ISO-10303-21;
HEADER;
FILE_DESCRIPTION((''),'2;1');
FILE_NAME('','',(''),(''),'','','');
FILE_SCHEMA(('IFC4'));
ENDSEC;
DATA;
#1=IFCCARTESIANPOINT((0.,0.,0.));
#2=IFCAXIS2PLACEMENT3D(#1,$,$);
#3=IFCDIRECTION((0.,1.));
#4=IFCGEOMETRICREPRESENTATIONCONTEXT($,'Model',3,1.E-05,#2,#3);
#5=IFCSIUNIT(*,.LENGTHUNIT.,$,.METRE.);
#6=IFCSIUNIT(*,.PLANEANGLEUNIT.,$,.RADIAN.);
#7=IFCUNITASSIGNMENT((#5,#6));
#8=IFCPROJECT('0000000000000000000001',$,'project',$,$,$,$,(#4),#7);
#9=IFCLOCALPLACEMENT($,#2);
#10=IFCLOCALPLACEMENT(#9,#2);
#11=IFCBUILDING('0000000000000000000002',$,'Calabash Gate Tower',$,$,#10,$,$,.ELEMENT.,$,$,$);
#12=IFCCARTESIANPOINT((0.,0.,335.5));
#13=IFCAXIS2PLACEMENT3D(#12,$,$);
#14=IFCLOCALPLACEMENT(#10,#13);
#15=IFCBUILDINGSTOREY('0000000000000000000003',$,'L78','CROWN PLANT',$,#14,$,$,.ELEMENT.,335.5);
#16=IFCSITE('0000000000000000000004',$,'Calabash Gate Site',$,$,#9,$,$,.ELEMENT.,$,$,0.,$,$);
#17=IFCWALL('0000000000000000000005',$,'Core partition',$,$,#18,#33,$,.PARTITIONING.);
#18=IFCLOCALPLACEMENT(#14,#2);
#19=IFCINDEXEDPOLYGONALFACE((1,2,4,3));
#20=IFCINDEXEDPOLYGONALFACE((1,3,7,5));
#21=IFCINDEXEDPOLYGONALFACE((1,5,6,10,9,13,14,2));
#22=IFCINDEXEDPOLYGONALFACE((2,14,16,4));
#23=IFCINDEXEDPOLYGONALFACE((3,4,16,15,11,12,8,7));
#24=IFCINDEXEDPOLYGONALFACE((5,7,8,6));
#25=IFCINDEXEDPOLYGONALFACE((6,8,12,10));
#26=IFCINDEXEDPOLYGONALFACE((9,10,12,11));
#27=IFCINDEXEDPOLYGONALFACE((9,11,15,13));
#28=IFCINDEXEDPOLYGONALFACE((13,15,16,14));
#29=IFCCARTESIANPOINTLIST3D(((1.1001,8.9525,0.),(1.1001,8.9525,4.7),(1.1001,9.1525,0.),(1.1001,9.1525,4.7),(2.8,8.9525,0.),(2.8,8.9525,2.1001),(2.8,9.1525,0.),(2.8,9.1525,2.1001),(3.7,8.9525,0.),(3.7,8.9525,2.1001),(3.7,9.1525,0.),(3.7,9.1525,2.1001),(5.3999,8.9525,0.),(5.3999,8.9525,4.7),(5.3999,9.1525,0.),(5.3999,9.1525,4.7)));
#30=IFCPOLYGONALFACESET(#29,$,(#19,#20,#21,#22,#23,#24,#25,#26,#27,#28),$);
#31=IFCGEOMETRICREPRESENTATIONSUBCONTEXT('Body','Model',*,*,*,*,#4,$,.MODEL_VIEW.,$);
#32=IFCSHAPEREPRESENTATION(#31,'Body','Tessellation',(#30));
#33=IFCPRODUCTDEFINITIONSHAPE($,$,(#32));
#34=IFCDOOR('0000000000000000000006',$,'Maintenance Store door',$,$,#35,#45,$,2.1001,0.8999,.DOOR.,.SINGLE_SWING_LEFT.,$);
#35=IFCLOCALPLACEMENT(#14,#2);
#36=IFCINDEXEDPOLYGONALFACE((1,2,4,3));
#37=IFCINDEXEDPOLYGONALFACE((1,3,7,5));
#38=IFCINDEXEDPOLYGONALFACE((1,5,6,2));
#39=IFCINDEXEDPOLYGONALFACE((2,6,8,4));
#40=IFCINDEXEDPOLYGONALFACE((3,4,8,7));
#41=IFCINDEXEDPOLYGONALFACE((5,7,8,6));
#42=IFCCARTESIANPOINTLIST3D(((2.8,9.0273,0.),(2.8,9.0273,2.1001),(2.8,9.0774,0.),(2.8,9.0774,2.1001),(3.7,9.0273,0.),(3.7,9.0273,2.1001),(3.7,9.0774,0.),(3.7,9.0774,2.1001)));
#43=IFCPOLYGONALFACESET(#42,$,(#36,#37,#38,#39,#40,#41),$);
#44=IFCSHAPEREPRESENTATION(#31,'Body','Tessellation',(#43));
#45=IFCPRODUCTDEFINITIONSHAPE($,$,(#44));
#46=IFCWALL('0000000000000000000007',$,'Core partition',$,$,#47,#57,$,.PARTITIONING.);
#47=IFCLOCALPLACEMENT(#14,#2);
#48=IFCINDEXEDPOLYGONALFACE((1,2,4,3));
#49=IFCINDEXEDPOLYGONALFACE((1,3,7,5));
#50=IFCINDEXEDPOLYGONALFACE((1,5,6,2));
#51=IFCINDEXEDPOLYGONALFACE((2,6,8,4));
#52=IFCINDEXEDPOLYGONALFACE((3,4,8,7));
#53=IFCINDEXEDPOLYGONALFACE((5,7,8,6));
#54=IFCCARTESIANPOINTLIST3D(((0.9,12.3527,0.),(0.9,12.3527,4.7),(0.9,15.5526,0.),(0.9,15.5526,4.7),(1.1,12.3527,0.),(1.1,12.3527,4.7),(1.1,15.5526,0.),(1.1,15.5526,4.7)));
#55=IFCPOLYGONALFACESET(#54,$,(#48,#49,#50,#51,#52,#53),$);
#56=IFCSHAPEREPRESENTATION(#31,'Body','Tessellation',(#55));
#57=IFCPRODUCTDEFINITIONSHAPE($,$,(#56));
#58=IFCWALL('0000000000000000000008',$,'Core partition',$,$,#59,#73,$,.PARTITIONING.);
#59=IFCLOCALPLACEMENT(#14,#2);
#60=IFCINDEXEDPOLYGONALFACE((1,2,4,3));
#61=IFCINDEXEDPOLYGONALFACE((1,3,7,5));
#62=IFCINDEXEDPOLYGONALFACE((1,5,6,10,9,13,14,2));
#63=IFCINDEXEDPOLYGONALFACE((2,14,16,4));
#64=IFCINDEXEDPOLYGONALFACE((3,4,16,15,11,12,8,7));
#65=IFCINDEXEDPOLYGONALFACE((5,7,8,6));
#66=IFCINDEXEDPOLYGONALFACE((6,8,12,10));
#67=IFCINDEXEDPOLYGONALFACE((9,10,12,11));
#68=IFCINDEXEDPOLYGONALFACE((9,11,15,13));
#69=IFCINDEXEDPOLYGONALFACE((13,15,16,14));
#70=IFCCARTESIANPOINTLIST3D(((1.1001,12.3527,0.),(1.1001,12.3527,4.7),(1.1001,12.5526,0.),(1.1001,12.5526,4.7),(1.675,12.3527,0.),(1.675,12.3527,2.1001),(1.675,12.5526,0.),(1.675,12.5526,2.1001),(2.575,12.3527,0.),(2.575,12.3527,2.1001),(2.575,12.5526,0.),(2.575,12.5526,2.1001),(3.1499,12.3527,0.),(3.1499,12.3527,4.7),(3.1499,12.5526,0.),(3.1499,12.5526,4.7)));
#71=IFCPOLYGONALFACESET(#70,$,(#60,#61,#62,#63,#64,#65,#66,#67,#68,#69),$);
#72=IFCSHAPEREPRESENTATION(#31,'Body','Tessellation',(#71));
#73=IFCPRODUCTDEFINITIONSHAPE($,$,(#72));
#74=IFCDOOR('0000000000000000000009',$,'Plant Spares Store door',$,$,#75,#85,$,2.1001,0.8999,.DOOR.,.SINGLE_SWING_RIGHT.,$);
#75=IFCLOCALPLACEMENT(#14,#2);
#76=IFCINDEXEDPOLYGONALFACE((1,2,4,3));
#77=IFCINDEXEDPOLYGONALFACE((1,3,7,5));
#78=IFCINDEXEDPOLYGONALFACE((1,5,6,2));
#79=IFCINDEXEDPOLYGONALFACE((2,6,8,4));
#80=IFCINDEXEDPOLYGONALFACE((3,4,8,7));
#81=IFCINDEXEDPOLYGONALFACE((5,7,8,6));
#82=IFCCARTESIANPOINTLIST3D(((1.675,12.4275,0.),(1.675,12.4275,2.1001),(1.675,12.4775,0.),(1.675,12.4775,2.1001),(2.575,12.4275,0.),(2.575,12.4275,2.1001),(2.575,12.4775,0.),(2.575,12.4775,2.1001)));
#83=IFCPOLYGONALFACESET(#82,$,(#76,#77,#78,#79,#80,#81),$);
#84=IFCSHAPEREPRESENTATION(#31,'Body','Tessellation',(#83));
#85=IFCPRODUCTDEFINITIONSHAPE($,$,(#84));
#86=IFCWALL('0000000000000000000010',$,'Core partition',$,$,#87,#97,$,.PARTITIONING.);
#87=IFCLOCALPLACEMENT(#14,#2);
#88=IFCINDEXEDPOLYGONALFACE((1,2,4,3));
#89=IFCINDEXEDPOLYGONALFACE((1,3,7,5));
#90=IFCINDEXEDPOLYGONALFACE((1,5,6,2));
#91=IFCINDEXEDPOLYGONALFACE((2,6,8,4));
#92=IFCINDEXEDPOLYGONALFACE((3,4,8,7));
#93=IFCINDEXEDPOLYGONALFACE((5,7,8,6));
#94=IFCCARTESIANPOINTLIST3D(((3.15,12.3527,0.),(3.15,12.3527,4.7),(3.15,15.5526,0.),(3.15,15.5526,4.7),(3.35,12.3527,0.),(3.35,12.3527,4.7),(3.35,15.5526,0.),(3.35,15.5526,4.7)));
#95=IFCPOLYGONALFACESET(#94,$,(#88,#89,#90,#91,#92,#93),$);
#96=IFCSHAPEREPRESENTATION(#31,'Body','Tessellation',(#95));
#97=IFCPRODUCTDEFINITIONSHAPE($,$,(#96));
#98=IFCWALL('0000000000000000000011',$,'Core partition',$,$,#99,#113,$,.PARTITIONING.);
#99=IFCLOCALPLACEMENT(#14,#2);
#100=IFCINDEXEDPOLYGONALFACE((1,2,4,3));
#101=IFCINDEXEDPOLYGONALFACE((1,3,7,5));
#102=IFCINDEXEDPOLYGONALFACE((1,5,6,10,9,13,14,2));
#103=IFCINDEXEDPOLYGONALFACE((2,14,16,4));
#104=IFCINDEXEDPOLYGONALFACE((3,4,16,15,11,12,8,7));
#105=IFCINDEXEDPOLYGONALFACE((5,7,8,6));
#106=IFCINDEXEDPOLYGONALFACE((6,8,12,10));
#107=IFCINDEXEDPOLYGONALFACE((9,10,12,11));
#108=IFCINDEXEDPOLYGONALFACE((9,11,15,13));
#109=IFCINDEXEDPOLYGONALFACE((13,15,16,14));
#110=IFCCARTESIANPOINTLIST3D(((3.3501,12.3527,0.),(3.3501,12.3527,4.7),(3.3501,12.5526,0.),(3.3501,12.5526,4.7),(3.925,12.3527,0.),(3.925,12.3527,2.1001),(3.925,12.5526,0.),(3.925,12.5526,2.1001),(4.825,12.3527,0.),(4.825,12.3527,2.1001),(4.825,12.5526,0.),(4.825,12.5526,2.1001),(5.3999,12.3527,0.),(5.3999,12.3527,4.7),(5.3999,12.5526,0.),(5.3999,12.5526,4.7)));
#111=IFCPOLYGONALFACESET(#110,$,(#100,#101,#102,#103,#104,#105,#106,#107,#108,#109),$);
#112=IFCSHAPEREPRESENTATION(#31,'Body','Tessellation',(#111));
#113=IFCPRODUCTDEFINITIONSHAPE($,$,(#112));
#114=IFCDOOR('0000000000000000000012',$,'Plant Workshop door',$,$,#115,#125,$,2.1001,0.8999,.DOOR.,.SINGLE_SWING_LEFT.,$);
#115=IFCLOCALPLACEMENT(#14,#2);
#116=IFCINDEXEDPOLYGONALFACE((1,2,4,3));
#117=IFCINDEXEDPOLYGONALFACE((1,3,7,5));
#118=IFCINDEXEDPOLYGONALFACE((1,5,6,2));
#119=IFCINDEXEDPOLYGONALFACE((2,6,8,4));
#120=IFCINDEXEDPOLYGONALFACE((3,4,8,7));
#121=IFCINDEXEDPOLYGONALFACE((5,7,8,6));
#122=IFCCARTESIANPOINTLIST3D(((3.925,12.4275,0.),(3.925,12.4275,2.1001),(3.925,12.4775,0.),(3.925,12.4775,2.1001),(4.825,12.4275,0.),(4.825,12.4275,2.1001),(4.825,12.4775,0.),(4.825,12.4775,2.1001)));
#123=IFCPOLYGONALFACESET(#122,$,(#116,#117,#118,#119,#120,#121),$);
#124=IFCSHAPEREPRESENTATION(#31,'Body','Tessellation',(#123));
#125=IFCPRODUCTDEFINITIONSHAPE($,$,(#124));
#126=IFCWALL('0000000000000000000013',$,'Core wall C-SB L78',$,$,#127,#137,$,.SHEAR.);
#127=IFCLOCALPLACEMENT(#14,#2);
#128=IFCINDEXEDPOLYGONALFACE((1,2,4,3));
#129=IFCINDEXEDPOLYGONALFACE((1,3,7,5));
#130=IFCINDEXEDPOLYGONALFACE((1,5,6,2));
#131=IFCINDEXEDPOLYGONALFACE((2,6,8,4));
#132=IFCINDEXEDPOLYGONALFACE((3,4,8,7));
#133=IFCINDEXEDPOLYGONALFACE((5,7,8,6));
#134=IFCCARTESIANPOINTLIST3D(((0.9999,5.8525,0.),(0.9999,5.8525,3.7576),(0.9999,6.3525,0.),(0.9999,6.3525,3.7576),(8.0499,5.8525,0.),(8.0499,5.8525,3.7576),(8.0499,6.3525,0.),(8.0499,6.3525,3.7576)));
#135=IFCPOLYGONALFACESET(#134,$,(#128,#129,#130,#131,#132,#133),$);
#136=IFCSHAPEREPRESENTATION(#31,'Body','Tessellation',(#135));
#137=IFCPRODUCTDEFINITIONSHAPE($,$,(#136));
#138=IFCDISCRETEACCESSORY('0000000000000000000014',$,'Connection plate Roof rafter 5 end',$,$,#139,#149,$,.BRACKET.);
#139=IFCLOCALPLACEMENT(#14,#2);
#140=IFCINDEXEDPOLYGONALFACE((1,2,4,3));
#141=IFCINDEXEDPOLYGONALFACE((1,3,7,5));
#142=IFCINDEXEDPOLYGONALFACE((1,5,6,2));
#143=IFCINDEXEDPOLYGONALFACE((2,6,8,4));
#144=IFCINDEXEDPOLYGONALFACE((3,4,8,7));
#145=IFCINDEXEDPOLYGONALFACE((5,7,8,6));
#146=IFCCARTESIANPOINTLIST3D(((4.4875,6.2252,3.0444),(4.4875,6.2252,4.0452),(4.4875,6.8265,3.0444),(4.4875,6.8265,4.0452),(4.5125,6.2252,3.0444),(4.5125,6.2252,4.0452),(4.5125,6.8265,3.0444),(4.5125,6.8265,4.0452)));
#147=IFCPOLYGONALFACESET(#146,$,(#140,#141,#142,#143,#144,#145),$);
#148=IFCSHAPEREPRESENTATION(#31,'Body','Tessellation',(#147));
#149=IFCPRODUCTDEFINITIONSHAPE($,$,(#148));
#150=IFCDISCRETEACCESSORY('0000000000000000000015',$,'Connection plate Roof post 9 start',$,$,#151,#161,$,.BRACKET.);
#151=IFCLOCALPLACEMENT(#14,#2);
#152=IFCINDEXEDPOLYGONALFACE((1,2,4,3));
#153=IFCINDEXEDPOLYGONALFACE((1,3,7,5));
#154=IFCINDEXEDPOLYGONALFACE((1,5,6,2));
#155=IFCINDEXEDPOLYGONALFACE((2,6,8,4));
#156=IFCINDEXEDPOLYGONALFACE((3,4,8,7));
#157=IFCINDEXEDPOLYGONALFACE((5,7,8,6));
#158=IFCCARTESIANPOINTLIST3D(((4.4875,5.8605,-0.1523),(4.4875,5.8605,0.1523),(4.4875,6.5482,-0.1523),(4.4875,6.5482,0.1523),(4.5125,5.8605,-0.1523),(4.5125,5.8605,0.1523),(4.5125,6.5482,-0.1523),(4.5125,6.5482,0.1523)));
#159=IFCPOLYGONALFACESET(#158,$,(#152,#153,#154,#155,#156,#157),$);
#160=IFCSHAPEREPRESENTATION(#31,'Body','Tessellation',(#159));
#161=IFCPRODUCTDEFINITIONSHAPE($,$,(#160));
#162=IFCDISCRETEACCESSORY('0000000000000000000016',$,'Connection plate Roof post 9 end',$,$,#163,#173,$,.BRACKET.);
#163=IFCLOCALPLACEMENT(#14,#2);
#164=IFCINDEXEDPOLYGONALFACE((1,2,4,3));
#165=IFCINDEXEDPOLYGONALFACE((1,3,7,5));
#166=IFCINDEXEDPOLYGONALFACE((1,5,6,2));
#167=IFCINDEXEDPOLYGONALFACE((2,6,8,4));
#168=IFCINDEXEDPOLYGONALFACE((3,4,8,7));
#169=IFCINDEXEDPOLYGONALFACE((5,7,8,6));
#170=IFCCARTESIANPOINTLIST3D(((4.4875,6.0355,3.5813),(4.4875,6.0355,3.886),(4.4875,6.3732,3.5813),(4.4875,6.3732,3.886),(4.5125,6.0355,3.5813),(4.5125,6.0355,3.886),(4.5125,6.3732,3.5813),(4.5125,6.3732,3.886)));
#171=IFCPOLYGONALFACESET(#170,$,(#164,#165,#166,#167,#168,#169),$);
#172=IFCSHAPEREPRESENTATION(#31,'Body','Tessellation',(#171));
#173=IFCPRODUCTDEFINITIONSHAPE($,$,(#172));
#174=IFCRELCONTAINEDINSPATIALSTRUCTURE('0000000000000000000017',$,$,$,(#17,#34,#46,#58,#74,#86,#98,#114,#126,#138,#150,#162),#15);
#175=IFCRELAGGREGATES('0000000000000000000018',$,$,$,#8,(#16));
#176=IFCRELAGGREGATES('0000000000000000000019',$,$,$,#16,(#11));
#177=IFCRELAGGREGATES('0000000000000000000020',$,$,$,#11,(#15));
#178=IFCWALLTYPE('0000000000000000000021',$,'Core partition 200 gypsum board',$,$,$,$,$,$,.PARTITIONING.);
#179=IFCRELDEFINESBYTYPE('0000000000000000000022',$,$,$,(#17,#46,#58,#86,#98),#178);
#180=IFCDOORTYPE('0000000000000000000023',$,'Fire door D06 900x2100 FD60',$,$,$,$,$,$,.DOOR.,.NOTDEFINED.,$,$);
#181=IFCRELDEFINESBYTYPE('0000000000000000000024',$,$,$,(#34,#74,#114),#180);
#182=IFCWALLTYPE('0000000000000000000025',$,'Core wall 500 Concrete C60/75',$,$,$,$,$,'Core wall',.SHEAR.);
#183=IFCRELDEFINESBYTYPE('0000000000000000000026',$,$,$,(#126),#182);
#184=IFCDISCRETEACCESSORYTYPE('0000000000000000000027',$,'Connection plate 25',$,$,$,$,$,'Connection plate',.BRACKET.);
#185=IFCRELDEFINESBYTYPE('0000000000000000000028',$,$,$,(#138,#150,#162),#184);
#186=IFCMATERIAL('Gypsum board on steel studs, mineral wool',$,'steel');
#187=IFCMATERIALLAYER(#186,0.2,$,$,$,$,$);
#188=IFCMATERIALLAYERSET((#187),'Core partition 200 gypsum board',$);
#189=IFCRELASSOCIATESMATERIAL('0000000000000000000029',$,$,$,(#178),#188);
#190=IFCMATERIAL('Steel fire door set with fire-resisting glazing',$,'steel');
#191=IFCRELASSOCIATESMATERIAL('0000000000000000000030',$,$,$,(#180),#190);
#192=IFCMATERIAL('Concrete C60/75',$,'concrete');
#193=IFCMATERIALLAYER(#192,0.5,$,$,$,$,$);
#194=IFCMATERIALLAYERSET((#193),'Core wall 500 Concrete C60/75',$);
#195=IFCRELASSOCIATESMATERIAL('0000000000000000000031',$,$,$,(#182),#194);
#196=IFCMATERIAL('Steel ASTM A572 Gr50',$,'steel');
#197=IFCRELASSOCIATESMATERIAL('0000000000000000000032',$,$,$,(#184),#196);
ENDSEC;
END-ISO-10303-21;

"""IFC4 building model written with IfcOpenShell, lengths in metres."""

from ifc_helpers import new_model, si_unit, direction, frame, frame_2d, origin, origin_2d, place, context, subcontext, project, spatial, rectangle, extrude, material, layer, layer_set, type_object, element, fill, save


model = new_model("IFC4")

# Units and contexts
model_context = context("Model", 3, precision=1e-05, world=origin(), true_north=direction((0.0, 1.0)))
body_context = subcontext(model_context, "Body", "Model", "MODEL_VIEW")
ifc_project = project(units=[si_unit("LENGTHUNIT", "METRE"), si_unit("PLANEANGLEUNIT", "RADIAN")], contexts=[model_context])

# Site, building, storey
site_placement = place(None, origin())
site = spatial("IfcSite", under=ifc_project, at=site_placement, Name="Calabash Gate Site", CompositionType="ELEMENT", RefElevation=0.0)
building_placement = place(site_placement, origin())
building = spatial("IfcBuilding", under=site, at=building_placement, Name="Calabash Gate Tower", CompositionType="ELEMENT")
storey_placement = place(building_placement, frame((0.0, 0.0, 335.5)))
storey = spatial("IfcBuildingStorey", under=building, at=storey_placement, Name="L78", Description="CROWN PLANT", CompositionType="ELEMENT", Elevation=335.5)

# Shared definitions
ifc_material_1 = material(Name="Gypsum board on steel studs, mineral wool", Category="steel")
ifc_layer_1 = layer(ifc_material_1, 0.2)
ifc_layer_set_1 = layer_set([ifc_layer_1], Name="Core partition 200 gypsum board")
wall_type_1 = type_object("IfcWallType", Name="Core partition 200 gypsum board", PredefinedType="PARTITIONING", material=ifc_layer_set_1)

# Wall, opening, door
wall_1_placement = place(storey_placement, frame((1.1001, 9.0525, 0.0), z_axis=(0.0, 0.0, 1.0), x_axis=(1.0, 0.0, 0.0)))
wall_1 = element("IfcWall", 1, at=wall_1_placement, inside=storey, type_object=wall_type_1, Name="Core partition", PredefinedType="PARTITIONING", context=body_context, shape_type="SweptSolid", body=[
    extrude(rectangle(XDim=4.2998, YDim=0.2, at=frame_2d((2.1499, 0.0))), origin(), (0.0, 0.0, 1.0), 4.7),
])
opening_1_placement = place(wall_1_placement, frame((1.7, 0.0, 0.0)))
opening_1 = element("IfcOpeningElement", 2, at=opening_1_placement, cuts=wall_1, PredefinedType="OPENING", context=body_context, shape_type="SweptSolid", body=[
    extrude(rectangle(XDim=0.8999, YDim=2.1001, at=frame_2d((0.45, 1.05))), frame((0.0, 0.1099, 0.0), z_axis=(0.0, -1.0, 0.0), x_axis=(1.0, 0.0, 0.0)), (0.0, 0.0, 1.0), 0.22),
])
ifc_material_2 = material(Name="Steel fire door set with fire-resisting glazing", Category="steel")
door_type = type_object("IfcDoorType", Name="Fire door D06 900x2100 FD60", OperationType="NOTDEFINED", PredefinedType="DOOR", material=ifc_material_2)
door_1_placement = place(opening_1_placement, origin())
door_1 = element("IfcDoor", 3, at=door_1_placement, inside=storey, type_object=door_type, Name="Maintenance Store door", OperationType="SINGLE_SWING_LEFT", OverallHeight=2.1001, OverallWidth=0.8999, PredefinedType="DOOR", context=body_context, shape_type="SweptSolid", body=[
    extrude(rectangle(XDim=0.8999, YDim=2.1001, at=frame_2d((0.45, 1.05))), frame((0.0, 0.0249, 0.0), z_axis=(0.0, -1.0, 0.0), x_axis=(1.0, 0.0, 0.0)), (0.0, 0.0, 1.0), 0.05),
])
fill(opening_1, door_1)

# Wall
wall_2_placement = place(storey_placement, frame((1.0, 12.3525, 0.0), z_axis=(0.0, 0.0, 1.0), x_axis=(0.0, 1.0, 0.0)))
element("IfcWall", 4, at=wall_2_placement, inside=storey, type_object=wall_type_1, Name="Core partition", PredefinedType="PARTITIONING", context=body_context, shape_type="SweptSolid", body=[
    extrude(rectangle(XDim=3.2, YDim=0.2, at=frame_2d((1.6001, 0.0))), origin(), (0.0, 0.0, 1.0), 4.7),
])

# Wall, opening, door
wall_3_placement = place(storey_placement, frame((1.1001, 12.4526, 0.0), z_axis=(0.0, 0.0, 1.0), x_axis=(1.0, 0.0, 0.0)))
wall_3 = element("IfcWall", 5, at=wall_3_placement, inside=storey, type_object=wall_type_1, Name="Core partition", PredefinedType="PARTITIONING", context=body_context, shape_type="SweptSolid", body=[
    extrude(rectangle(XDim=2.0498, YDim=0.2, at=frame_2d((1.0249, 0.0))), origin(), (0.0, 0.0, 1.0), 4.7),
])
opening_2_placement = place(wall_3_placement, frame((0.575, 0.0, 0.0)))
opening_2 = element("IfcOpeningElement", 6, at=opening_2_placement, cuts=wall_3, PredefinedType="OPENING", context=body_context, shape_type="SweptSolid", body=[
    extrude(rectangle(XDim=0.8999, YDim=2.1001, at=frame_2d((0.45, 1.05))), frame((0.0, 0.1099, 0.0), z_axis=(0.0, -1.0, 0.0), x_axis=(1.0, 0.0, 0.0)), (0.0, 0.0, 1.0), 0.22),
])
door_2_placement = place(opening_2_placement, origin())
door_2 = element("IfcDoor", 7, at=door_2_placement, inside=storey, type_object=door_type, Name="Plant Spares Store door", OperationType="SINGLE_SWING_RIGHT", OverallHeight=2.1001, OverallWidth=0.8999, PredefinedType="DOOR", context=body_context, shape_type="SweptSolid", body=[
    extrude(rectangle(XDim=0.8999, YDim=2.1001, at=frame_2d((0.45, 1.05))), frame((0.0, 0.0249, 0.0), z_axis=(0.0, -1.0, 0.0), x_axis=(1.0, 0.0, 0.0)), (0.0, 0.0, 1.0), 0.05),
])
fill(opening_2, door_2)

# Wall
wall_4_placement = place(storey_placement, frame((3.25, 12.3525, 0.0), z_axis=(0.0, 0.0, 1.0), x_axis=(0.0, 1.0, 0.0)))
element("IfcWall", 8, at=wall_4_placement, inside=storey, type_object=wall_type_1, Name="Core partition", PredefinedType="PARTITIONING", context=body_context, shape_type="SweptSolid", body=[
    extrude(rectangle(XDim=3.2, YDim=0.2, at=frame_2d((1.6001, 0.0))), origin(), (0.0, 0.0, 1.0), 4.7),
])

# Wall, opening, door
wall_5_placement = place(storey_placement, frame((3.3501, 12.4526, 0.0), z_axis=(0.0, 0.0, 1.0), x_axis=(1.0, 0.0, 0.0)))
wall_5 = element("IfcWall", 9, at=wall_5_placement, inside=storey, type_object=wall_type_1, Name="Core partition", PredefinedType="PARTITIONING", context=body_context, shape_type="SweptSolid", body=[
    extrude(rectangle(XDim=2.0498, YDim=0.2, at=frame_2d((1.0249, 0.0))), origin(), (0.0, 0.0, 1.0), 4.7),
])
opening_3_placement = place(wall_5_placement, frame((0.575, 0.0, 0.0)))
opening_3 = element("IfcOpeningElement", 10, at=opening_3_placement, cuts=wall_5, PredefinedType="OPENING", context=body_context, shape_type="SweptSolid", body=[
    extrude(rectangle(XDim=0.8999, YDim=2.1001, at=frame_2d((0.45, 1.05))), frame((0.0, 0.1099, 0.0), z_axis=(0.0, -1.0, 0.0), x_axis=(1.0, 0.0, 0.0)), (0.0, 0.0, 1.0), 0.22),
])
door_3_placement = place(opening_3_placement, origin())
door_3 = element("IfcDoor", 11, at=door_3_placement, inside=storey, type_object=door_type, Name="Plant Workshop door", OperationType="SINGLE_SWING_LEFT", OverallHeight=2.1001, OverallWidth=0.8999, PredefinedType="DOOR", context=body_context, shape_type="SweptSolid", body=[
    extrude(rectangle(XDim=0.8999, YDim=2.1001, at=frame_2d((0.45, 1.05))), frame((0.0, 0.0249, 0.0), z_axis=(0.0, -1.0, 0.0), x_axis=(1.0, 0.0, 0.0)), (0.0, 0.0, 1.0), 0.05),
])
fill(opening_3, door_3)

# Wall
ifc_material_3 = material(Name="Concrete C60/75", Category="concrete")
ifc_layer_2 = layer(ifc_material_3, 0.5)
ifc_layer_set_2 = layer_set([ifc_layer_2], Name="Core wall 500 Concrete C60/75")
wall_type_2 = type_object("IfcWallType", Name="Core wall 500 Concrete C60/75", ElementType="Core wall", PredefinedType="SHEAR", material=ifc_layer_set_2)
wall_6_placement = place(storey_placement, frame((1.0, 6.1025, 0.0), z_axis=(0.0, 0.0, 1.0), x_axis=(1.0, 0.0, 0.0)))
element("IfcWall", 12, at=wall_6_placement, inside=storey, type_object=wall_type_2, Name="Core wall C-SB L78", PredefinedType="SHEAR", context=body_context, shape_type="SweptSolid", body=[
    extrude(rectangle(XDim=7.05, YDim=0.5, at=frame_2d((3.5249, 0.0))), origin(), (0.0, 0.0, 1.0), 3.7576),
])

# Discrete accessories
ifc_material_4 = material(Name="Steel ASTM A572 Gr50", Category="steel")
discrete_accessory_type = type_object("IfcDiscreteAccessoryType", Name="Connection plate 25", ElementType="Connection plate", PredefinedType="BRACKET", material=ifc_material_4)
discrete_accessory_1_placement = place(storey_placement, frame((4.5, 6.5259, 3.0444), z_axis=(0.0, 0.0, 1.0), x_axis=(0.0, 1.0, 0.0)))
element("IfcDiscreteAccessory", 13, at=discrete_accessory_1_placement, inside=storey, type_object=discrete_accessory_type, Name="Connection plate Roof rafter 5 end", PredefinedType="BRACKET", context=body_context, shape_type="SweptSolid", body=[
    extrude(rectangle(XDim=0.6013, YDim=0.0249, at=origin_2d()), origin(), (0.0, 0.0, 1.0), 1.0007),
])
discrete_accessory_2_placement = place(storey_placement, frame((4.5, 6.2043, -0.1523), z_axis=(0.0, 0.0, 1.0), x_axis=(0.0, 1.0, 0.0)))
element("IfcDiscreteAccessory", 14, at=discrete_accessory_2_placement, inside=storey, type_object=discrete_accessory_type, Name="Connection plate Roof post 9 start", PredefinedType="BRACKET", context=body_context, shape_type="SweptSolid", body=[
    extrude(rectangle(XDim=0.6877, YDim=0.0249, at=origin_2d()), origin(), (0.0, 0.0, 1.0), 0.3047),
])
discrete_accessory_3_placement = place(storey_placement, frame((4.5, 6.2043, 3.5813), z_axis=(0.0, 0.0, 1.0), x_axis=(0.0, 1.0, 0.0)))
element("IfcDiscreteAccessory", 15, at=discrete_accessory_3_placement, inside=storey, type_object=discrete_accessory_type, Name="Connection plate Roof post 9 end", PredefinedType="BRACKET", context=body_context, shape_type="SweptSolid", body=[
    extrude(rectangle(XDim=0.3376, YDim=0.0249, at=origin_2d()), origin(), (0.0, 0.0, 1.0), 0.3047),
])

save(model, "model.ifc")
